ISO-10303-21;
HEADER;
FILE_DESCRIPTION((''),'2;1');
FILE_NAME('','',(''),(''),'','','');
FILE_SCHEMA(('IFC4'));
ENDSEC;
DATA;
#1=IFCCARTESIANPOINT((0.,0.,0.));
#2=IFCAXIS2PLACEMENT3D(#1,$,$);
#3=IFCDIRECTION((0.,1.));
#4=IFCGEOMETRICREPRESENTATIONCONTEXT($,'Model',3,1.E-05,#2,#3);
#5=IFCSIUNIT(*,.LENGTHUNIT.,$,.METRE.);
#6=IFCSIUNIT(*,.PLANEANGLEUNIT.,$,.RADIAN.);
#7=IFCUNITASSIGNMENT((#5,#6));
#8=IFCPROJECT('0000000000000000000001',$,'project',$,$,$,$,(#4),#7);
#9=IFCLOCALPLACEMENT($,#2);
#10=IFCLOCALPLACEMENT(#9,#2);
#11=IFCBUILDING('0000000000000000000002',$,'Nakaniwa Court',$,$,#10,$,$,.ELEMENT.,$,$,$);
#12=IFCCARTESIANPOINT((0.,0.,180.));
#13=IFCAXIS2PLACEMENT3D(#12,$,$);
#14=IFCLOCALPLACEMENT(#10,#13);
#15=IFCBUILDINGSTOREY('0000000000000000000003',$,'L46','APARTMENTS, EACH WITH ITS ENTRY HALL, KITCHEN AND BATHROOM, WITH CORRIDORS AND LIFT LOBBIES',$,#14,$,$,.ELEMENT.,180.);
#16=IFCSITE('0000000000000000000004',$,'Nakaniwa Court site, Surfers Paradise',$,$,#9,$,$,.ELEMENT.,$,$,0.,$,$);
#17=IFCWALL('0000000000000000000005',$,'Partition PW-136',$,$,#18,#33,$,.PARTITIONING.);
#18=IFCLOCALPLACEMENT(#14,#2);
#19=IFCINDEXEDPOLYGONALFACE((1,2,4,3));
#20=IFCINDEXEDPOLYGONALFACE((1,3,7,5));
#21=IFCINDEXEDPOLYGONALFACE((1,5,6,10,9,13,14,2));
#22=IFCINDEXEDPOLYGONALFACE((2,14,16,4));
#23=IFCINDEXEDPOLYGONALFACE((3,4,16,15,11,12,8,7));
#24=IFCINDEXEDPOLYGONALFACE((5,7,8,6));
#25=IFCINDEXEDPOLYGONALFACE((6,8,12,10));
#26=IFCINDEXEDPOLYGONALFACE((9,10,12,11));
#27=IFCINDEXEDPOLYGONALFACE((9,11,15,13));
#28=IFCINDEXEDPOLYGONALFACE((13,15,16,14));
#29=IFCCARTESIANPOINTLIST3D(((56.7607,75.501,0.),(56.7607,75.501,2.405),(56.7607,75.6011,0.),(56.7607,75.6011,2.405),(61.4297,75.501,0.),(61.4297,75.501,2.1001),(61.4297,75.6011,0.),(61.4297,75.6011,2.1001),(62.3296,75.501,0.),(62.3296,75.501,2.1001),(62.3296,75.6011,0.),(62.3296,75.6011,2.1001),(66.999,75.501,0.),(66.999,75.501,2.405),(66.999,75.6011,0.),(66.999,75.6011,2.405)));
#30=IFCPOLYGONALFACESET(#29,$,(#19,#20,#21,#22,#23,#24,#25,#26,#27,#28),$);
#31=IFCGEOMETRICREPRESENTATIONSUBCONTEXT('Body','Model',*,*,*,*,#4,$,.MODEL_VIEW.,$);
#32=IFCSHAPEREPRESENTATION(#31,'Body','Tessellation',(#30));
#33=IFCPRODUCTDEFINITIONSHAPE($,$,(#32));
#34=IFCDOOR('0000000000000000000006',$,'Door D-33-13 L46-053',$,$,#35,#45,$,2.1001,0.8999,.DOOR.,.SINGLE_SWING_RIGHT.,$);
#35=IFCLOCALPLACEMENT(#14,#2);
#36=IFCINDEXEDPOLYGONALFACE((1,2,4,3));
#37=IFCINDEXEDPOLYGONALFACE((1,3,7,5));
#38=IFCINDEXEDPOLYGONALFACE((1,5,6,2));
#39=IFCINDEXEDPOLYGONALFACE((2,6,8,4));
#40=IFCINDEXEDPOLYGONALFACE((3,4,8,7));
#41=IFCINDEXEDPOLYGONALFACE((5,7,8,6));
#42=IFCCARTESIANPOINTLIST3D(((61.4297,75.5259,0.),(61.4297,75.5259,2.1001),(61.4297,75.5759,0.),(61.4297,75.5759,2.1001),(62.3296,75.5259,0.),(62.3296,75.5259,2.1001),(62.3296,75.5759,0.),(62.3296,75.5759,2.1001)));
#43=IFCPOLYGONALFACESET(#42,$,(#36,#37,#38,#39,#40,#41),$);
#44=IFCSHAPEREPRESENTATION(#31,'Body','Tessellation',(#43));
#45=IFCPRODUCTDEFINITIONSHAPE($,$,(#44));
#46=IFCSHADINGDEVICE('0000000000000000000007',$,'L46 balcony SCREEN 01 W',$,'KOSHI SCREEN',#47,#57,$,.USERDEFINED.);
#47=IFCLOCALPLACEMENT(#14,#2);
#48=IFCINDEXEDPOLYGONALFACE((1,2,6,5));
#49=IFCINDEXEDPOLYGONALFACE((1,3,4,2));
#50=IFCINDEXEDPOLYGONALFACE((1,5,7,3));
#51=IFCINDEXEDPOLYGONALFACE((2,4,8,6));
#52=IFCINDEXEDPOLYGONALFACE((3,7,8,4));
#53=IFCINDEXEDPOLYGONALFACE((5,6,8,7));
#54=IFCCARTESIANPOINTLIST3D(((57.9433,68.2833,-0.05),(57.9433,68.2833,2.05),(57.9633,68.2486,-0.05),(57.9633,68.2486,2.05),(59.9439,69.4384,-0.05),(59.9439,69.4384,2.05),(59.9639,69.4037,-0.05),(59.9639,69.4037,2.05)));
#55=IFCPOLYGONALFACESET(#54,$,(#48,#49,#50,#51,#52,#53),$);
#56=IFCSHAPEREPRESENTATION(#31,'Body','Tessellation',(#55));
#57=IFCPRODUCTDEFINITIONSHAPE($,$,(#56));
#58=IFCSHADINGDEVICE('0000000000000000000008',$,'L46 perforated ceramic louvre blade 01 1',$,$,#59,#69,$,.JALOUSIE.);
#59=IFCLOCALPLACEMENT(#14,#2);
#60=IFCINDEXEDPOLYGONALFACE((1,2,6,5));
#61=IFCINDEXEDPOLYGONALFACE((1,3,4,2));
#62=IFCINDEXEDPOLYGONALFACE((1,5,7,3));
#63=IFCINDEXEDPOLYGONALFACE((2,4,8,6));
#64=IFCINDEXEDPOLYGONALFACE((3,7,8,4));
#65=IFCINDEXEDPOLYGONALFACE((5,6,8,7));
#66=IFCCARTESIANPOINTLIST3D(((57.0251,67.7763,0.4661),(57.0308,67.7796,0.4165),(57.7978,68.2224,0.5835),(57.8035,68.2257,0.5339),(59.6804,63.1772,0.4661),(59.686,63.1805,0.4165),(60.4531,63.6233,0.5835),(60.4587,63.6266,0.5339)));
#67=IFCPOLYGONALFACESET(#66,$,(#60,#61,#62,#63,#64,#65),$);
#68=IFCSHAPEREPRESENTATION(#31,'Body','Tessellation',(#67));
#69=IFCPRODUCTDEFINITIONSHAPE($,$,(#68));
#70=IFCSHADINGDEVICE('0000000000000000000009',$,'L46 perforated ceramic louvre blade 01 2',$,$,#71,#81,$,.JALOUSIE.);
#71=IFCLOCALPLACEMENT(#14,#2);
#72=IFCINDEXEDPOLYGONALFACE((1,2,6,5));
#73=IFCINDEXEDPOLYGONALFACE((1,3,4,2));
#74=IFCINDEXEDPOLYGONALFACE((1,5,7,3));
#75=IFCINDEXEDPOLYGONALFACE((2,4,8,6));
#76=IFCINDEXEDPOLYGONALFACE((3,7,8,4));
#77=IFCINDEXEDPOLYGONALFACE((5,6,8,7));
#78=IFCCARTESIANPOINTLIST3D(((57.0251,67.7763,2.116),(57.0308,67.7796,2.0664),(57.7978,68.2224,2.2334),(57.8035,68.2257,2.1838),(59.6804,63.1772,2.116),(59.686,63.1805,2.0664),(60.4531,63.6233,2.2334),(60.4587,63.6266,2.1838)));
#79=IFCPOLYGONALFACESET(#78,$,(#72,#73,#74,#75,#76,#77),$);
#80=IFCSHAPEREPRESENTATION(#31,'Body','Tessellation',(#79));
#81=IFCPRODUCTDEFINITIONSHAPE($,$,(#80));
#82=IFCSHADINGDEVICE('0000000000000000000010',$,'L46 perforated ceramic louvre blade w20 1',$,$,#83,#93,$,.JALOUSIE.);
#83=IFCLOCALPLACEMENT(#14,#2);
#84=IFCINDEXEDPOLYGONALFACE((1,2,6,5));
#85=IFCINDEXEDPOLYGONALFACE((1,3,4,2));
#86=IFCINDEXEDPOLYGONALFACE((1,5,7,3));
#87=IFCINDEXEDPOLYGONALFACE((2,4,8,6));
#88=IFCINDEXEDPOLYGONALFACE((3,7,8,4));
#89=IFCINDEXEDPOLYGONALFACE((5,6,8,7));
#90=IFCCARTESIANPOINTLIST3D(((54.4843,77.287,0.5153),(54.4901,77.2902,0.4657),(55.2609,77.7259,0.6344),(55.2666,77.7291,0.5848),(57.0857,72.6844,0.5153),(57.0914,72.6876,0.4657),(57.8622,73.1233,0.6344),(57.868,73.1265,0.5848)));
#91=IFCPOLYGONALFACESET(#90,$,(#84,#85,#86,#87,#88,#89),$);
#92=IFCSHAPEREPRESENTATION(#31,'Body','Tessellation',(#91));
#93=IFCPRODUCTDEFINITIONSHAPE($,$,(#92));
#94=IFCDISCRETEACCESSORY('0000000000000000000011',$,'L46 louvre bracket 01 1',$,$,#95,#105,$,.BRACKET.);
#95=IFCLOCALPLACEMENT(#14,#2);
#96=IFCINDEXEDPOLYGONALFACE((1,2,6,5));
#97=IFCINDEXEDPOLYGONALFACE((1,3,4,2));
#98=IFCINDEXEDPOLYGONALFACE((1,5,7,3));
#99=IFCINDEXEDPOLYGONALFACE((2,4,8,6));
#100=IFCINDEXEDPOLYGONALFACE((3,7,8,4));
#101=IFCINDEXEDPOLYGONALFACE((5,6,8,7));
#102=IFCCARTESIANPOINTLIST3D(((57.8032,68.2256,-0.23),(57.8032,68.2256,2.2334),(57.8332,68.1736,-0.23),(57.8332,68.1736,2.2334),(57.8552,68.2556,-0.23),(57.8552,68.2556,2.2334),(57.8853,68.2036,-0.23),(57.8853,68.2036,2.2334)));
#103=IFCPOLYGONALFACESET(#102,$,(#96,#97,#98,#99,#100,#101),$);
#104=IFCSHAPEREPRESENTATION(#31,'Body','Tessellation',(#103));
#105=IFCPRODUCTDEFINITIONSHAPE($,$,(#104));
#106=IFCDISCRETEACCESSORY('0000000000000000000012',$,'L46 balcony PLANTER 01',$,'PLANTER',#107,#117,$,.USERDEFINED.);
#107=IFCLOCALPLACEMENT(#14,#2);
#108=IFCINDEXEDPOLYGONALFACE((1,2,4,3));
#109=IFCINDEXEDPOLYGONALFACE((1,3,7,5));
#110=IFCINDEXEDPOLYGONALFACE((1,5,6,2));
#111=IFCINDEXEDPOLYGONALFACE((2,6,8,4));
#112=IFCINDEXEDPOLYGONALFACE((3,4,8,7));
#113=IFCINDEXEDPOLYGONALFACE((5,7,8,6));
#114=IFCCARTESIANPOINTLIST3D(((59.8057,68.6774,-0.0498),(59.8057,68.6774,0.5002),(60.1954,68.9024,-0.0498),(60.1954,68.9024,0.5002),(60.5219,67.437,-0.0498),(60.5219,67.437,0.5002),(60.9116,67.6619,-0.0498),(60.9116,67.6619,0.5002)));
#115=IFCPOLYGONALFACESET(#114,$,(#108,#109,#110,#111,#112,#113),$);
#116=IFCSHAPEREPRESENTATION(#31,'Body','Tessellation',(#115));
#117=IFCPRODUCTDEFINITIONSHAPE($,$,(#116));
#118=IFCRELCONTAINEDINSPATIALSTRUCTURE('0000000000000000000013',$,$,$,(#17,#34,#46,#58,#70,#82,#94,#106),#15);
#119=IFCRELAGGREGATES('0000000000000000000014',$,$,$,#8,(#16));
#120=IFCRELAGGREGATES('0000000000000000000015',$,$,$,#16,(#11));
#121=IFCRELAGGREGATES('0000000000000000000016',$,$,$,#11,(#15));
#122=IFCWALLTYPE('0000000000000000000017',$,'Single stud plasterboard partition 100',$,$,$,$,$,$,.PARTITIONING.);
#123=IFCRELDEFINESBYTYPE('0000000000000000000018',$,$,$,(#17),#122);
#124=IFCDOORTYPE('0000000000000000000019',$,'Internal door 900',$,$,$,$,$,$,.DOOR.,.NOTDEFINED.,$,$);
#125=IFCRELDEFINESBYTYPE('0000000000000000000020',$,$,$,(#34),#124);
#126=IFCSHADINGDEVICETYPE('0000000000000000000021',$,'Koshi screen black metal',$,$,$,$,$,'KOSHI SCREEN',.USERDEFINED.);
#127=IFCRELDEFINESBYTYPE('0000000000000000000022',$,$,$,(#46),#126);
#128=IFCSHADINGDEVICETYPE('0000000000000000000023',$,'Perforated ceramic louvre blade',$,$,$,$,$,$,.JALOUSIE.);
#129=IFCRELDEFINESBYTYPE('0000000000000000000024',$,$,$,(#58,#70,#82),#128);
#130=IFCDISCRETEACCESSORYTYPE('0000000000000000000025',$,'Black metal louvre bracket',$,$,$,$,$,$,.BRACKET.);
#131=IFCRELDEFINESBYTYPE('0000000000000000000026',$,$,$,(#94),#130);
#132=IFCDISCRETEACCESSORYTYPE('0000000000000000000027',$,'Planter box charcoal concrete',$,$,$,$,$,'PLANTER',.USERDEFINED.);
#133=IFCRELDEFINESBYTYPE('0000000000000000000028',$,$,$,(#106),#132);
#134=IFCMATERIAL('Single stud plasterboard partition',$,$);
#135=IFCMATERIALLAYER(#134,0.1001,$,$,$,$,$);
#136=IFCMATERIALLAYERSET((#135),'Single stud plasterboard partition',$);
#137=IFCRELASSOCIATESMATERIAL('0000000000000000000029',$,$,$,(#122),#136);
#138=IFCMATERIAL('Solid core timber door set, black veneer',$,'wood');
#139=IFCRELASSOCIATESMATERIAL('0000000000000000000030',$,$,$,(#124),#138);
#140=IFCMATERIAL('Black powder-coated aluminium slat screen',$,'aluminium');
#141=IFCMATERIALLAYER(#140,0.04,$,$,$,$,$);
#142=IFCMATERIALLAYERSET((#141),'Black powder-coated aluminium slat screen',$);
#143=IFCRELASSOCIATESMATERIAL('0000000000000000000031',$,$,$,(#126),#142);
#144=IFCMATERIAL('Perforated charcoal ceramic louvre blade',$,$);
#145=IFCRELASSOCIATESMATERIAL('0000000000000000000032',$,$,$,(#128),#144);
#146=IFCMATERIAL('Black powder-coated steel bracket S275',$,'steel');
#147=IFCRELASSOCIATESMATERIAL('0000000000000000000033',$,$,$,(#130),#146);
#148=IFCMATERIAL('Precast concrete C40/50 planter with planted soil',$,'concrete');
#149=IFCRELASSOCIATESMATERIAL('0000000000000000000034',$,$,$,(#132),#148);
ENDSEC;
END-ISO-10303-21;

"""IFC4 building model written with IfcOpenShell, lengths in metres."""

from ifc_helpers import new_model, si_unit, direction, frame, frame_2d, origin, origin_2d, place, context, subcontext, project, spatial, rectangle, extrude, material, layer, layer_set, material_profile, profile_set, type_object, element, fill, save


model = new_model("IFC4")

# Units and contexts
model_context = context("Model", 3, precision=1e-05, world=origin(), true_north=direction((0.0, 1.0)))
body_context = subcontext(model_context, "Body", "Model", "MODEL_VIEW")
ifc_project = project(units=[si_unit("LENGTHUNIT", "METRE"), si_unit("PLANEANGLEUNIT", "RADIAN")], contexts=[model_context])

# Site, building, storey
site_placement = place(None, origin())
site = spatial("IfcSite", under=ifc_project, at=site_placement, Name="Nakaniwa Court site, Surfers Paradise", CompositionType="ELEMENT", RefElevation=0.0)
building_placement = place(site_placement, origin())
building = spatial("IfcBuilding", under=site, at=building_placement, Name="Nakaniwa Court", CompositionType="ELEMENT")
storey_placement = place(building_placement, frame((0.0, 0.0, 180.0)))
storey = spatial("IfcBuildingStorey", under=building, at=storey_placement, Name="L46", Description="APARTMENTS, EACH WITH ITS ENTRY HALL, KITCHEN AND BATHROOM, WITH CORRIDORS AND LIFT LOBBIES", CompositionType="ELEMENT", Elevation=180.0)

# Shared definitions
ifc_material_1 = material(Name="Solid core timber door set, black veneer", Category="wood")

# Shared definitions
ifc_material_2 = material(Name="Single stud plasterboard partition")
ifc_layer_1 = layer(ifc_material_2, 0.1001)
ifc_layer_set_1 = layer_set([ifc_layer_1], Name="Single stud plasterboard partition")
wall_type_1 = type_object("IfcWallType", Name="Single stud plasterboard partition 100", PredefinedType="PARTITIONING", material=ifc_layer_set_1)
door_type_1 = type_object("IfcDoorType", Name="Internal door 900", OperationType="NOTDEFINED", PredefinedType="DOOR", material=ifc_material_1)

# Wall, opening, door
wall_1_placement = place(storey_placement, frame((56.7607, 75.551, 0.0), z_axis=(0.0, 0.0, 1.0), x_axis=(1.0, 0.0, 0.0)))
wall_1 = element("IfcWall", 1, at=wall_1_placement, inside=storey, type_object=wall_type_1, Name="Partition PW-136", PredefinedType="PARTITIONING", context=body_context, shape_type="SweptSolid", body=[
    extrude(rectangle(XDim=10.2383, YDim=0.1001, at=frame_2d((5.1191, 0.0))), origin(), (0.0, 0.0, 1.0), 2.405),
])
opening_1_placement = place(wall_1_placement, frame((4.6689, 0.0, 0.0)))
opening_1 = element("IfcOpeningElement", 2, at=opening_1_placement, cuts=wall_1, PredefinedType="OPENING", context=body_context, shape_type="SweptSolid", body=[
    extrude(rectangle(XDim=0.8999, YDim=2.1001, at=frame_2d((0.45, 1.05))), frame((0.0, 0.0601, 0.0), z_axis=(0.0, -1.0, 0.0), x_axis=(1.0, 0.0, 0.0)), (0.0, 0.0, 1.0), 0.1201),
])
door_1_placement = place(opening_1_placement, origin())
door_1 = element("IfcDoor", 3, at=door_1_placement, inside=storey, type_object=door_type_1, Name="Door D-33-13 L46-053", OperationType="SINGLE_SWING_RIGHT", OverallHeight=2.1001, OverallWidth=0.8999, PredefinedType="DOOR", context=body_context, shape_type="SweptSolid", body=[
    extrude(rectangle(XDim=0.8999, YDim=2.1001, at=frame_2d((0.45, 1.05))), frame((0.0, 0.0249, 0.0), z_axis=(0.0, -1.0, 0.0), x_axis=(1.0, 0.0, 0.0)), (0.0, 0.0, 1.0), 0.05),
])
fill(opening_1, door_1)

# Shading devices
ifc_material_3 = material(Name="Black powder-coated aluminium slat screen", Category="aluminium")
ifc_layer_2 = layer(ifc_material_3, 0.04)
ifc_layer_set_2 = layer_set([ifc_layer_2], Name="Black powder-coated aluminium slat screen")
shading_device_type_1 = type_object("IfcShadingDeviceType", Name="Koshi screen black metal", ElementType="KOSHI SCREEN", PredefinedType="USERDEFINED", material=ifc_layer_set_2)
shading_device_1_placement = place(storey_placement, frame((58.9536, 68.8435, -0.05), z_axis=(0.0, 0.0, 1.0), x_axis=(0.500017, -0.866016, 0.0)))
element("IfcShadingDevice", 4, at=shading_device_1_placement, inside=storey, type_object=shading_device_type_1, Name="L46 balcony SCREEN 01 W", ObjectType="KOSHI SCREEN", PredefinedType="USERDEFINED", context=body_context, shape_type="SweptSolid", body=[
    extrude(rectangle(XDim=0.04, YDim=2.3101, at=origin_2d()), origin(), (0.0, 0.0, 1.0), 2.1001),
])
ifc_material_4 = material(Name="Perforated charcoal ceramic louvre blade")
ifc_material_profile_1 = material_profile(ifc_material_4, rectangle(XDim=0.8999, YDim=0.05, at=origin_2d()), Name="Perforated ceramic louvre blade")
ifc_profile_set_1 = profile_set([ifc_material_profile_1], Name="Perforated charcoal ceramic louvre blade")
shading_device_type_2 = type_object("IfcShadingDeviceType", Name="Perforated ceramic louvre blade", PredefinedType="JALOUSIE", material=ifc_profile_set_1)
for number, where, z_axis, x_axis, name in (
    (5, (57.4143, 68.001, 0.5), (0.499996, -0.866028, 0.0), (0.858619, 0.495718, 0.130526), "L46 perforated ceramic louvre blade 01 1"),
    (6, (57.4143, 68.001, 2.1499), (0.499996, -0.866028, 0.0), (0.858619, 0.495718, 0.130526), "L46 perforated ceramic louvre blade 01 2"),
):
    element("IfcShadingDevice", number, at=place(storey_placement, frame(where, z_axis=z_axis, x_axis=x_axis)), inside=storey, type_object=shading_device_type_2, Name=name, PredefinedType="JALOUSIE", context=body_context, shape_type="SweptSolid", body=[
        extrude(rectangle(XDim=0.8999, YDim=0.05, at=origin_2d()), origin(), (0.0, 0.0, 1.0), 5.3105),
    ])
shading_device_2_placement = place(storey_placement, frame((54.8755, 77.5081, 0.55), z_axis=(0.492041, -0.870572, 0.0), x_axis=(0.862925, 0.487718, 0.132256)))
element("IfcShadingDevice", 7, at=shading_device_2_placement, inside=storey, type_object=shading_device_type_2, Name="L46 perforated ceramic louvre blade w20 1", PredefinedType="JALOUSIE", context=body_context, shape_type="SweptSolid", body=[
    extrude(rectangle(XDim=0.8999, YDim=0.05, at=origin_2d()), origin(), (0.0, 0.0, 1.0), 5.2869),
])

# Discrete accessories
ifc_material_5 = material(Name="Black powder-coated steel bracket S275", Category="steel")
discrete_accessory_type_1 = type_object("IfcDiscreteAccessoryType", Name="Black metal louvre bracket", PredefinedType="BRACKET", material=ifc_material_5)
discrete_accessory_1_placement = place(storey_placement, frame((57.8442, 68.2146, -0.23), z_axis=(0.0, 0.0, 1.0), x_axis=(0.500017, -0.866016, 0.0)))
element("IfcDiscreteAccessory", 8, at=discrete_accessory_1_placement, inside=storey, type_object=discrete_accessory_type_1, Name="L46 louvre bracket 01 1", PredefinedType="BRACKET", context=body_context, shape_type="SweptSolid", body=[
    extrude(rectangle(XDim=0.0601, YDim=0.0601, at=origin_2d()), origin(), (0.0, 0.0, 1.0), 2.4634),
])
ifc_material_6 = material(Name="Precast concrete C40/50 planter with planted soil", Category="concrete")
discrete_accessory_type_2 = type_object("IfcDiscreteAccessoryType", Name="Planter box charcoal concrete", ElementType="PLANTER", PredefinedType="USERDEFINED", material=ifc_material_6)
discrete_accessory_2_placement = place(storey_placement, frame((60.3586, 68.1697, -0.0498), z_axis=(0.0, 0.0, 1.0), x_axis=(0.500017, -0.866016, 0.0)))
element("IfcDiscreteAccessory", 9, at=discrete_accessory_2_placement, inside=storey, type_object=discrete_accessory_type_2, Name="L46 balcony PLANTER 01", ObjectType="PLANTER", PredefinedType="USERDEFINED", context=body_context, shape_type="SweptSolid", body=[
    extrude(rectangle(XDim=1.4324, YDim=0.45, at=origin_2d()), origin(), (0.0, 0.0, 1.0), 0.55),
])

save(model, "model.ifc")
